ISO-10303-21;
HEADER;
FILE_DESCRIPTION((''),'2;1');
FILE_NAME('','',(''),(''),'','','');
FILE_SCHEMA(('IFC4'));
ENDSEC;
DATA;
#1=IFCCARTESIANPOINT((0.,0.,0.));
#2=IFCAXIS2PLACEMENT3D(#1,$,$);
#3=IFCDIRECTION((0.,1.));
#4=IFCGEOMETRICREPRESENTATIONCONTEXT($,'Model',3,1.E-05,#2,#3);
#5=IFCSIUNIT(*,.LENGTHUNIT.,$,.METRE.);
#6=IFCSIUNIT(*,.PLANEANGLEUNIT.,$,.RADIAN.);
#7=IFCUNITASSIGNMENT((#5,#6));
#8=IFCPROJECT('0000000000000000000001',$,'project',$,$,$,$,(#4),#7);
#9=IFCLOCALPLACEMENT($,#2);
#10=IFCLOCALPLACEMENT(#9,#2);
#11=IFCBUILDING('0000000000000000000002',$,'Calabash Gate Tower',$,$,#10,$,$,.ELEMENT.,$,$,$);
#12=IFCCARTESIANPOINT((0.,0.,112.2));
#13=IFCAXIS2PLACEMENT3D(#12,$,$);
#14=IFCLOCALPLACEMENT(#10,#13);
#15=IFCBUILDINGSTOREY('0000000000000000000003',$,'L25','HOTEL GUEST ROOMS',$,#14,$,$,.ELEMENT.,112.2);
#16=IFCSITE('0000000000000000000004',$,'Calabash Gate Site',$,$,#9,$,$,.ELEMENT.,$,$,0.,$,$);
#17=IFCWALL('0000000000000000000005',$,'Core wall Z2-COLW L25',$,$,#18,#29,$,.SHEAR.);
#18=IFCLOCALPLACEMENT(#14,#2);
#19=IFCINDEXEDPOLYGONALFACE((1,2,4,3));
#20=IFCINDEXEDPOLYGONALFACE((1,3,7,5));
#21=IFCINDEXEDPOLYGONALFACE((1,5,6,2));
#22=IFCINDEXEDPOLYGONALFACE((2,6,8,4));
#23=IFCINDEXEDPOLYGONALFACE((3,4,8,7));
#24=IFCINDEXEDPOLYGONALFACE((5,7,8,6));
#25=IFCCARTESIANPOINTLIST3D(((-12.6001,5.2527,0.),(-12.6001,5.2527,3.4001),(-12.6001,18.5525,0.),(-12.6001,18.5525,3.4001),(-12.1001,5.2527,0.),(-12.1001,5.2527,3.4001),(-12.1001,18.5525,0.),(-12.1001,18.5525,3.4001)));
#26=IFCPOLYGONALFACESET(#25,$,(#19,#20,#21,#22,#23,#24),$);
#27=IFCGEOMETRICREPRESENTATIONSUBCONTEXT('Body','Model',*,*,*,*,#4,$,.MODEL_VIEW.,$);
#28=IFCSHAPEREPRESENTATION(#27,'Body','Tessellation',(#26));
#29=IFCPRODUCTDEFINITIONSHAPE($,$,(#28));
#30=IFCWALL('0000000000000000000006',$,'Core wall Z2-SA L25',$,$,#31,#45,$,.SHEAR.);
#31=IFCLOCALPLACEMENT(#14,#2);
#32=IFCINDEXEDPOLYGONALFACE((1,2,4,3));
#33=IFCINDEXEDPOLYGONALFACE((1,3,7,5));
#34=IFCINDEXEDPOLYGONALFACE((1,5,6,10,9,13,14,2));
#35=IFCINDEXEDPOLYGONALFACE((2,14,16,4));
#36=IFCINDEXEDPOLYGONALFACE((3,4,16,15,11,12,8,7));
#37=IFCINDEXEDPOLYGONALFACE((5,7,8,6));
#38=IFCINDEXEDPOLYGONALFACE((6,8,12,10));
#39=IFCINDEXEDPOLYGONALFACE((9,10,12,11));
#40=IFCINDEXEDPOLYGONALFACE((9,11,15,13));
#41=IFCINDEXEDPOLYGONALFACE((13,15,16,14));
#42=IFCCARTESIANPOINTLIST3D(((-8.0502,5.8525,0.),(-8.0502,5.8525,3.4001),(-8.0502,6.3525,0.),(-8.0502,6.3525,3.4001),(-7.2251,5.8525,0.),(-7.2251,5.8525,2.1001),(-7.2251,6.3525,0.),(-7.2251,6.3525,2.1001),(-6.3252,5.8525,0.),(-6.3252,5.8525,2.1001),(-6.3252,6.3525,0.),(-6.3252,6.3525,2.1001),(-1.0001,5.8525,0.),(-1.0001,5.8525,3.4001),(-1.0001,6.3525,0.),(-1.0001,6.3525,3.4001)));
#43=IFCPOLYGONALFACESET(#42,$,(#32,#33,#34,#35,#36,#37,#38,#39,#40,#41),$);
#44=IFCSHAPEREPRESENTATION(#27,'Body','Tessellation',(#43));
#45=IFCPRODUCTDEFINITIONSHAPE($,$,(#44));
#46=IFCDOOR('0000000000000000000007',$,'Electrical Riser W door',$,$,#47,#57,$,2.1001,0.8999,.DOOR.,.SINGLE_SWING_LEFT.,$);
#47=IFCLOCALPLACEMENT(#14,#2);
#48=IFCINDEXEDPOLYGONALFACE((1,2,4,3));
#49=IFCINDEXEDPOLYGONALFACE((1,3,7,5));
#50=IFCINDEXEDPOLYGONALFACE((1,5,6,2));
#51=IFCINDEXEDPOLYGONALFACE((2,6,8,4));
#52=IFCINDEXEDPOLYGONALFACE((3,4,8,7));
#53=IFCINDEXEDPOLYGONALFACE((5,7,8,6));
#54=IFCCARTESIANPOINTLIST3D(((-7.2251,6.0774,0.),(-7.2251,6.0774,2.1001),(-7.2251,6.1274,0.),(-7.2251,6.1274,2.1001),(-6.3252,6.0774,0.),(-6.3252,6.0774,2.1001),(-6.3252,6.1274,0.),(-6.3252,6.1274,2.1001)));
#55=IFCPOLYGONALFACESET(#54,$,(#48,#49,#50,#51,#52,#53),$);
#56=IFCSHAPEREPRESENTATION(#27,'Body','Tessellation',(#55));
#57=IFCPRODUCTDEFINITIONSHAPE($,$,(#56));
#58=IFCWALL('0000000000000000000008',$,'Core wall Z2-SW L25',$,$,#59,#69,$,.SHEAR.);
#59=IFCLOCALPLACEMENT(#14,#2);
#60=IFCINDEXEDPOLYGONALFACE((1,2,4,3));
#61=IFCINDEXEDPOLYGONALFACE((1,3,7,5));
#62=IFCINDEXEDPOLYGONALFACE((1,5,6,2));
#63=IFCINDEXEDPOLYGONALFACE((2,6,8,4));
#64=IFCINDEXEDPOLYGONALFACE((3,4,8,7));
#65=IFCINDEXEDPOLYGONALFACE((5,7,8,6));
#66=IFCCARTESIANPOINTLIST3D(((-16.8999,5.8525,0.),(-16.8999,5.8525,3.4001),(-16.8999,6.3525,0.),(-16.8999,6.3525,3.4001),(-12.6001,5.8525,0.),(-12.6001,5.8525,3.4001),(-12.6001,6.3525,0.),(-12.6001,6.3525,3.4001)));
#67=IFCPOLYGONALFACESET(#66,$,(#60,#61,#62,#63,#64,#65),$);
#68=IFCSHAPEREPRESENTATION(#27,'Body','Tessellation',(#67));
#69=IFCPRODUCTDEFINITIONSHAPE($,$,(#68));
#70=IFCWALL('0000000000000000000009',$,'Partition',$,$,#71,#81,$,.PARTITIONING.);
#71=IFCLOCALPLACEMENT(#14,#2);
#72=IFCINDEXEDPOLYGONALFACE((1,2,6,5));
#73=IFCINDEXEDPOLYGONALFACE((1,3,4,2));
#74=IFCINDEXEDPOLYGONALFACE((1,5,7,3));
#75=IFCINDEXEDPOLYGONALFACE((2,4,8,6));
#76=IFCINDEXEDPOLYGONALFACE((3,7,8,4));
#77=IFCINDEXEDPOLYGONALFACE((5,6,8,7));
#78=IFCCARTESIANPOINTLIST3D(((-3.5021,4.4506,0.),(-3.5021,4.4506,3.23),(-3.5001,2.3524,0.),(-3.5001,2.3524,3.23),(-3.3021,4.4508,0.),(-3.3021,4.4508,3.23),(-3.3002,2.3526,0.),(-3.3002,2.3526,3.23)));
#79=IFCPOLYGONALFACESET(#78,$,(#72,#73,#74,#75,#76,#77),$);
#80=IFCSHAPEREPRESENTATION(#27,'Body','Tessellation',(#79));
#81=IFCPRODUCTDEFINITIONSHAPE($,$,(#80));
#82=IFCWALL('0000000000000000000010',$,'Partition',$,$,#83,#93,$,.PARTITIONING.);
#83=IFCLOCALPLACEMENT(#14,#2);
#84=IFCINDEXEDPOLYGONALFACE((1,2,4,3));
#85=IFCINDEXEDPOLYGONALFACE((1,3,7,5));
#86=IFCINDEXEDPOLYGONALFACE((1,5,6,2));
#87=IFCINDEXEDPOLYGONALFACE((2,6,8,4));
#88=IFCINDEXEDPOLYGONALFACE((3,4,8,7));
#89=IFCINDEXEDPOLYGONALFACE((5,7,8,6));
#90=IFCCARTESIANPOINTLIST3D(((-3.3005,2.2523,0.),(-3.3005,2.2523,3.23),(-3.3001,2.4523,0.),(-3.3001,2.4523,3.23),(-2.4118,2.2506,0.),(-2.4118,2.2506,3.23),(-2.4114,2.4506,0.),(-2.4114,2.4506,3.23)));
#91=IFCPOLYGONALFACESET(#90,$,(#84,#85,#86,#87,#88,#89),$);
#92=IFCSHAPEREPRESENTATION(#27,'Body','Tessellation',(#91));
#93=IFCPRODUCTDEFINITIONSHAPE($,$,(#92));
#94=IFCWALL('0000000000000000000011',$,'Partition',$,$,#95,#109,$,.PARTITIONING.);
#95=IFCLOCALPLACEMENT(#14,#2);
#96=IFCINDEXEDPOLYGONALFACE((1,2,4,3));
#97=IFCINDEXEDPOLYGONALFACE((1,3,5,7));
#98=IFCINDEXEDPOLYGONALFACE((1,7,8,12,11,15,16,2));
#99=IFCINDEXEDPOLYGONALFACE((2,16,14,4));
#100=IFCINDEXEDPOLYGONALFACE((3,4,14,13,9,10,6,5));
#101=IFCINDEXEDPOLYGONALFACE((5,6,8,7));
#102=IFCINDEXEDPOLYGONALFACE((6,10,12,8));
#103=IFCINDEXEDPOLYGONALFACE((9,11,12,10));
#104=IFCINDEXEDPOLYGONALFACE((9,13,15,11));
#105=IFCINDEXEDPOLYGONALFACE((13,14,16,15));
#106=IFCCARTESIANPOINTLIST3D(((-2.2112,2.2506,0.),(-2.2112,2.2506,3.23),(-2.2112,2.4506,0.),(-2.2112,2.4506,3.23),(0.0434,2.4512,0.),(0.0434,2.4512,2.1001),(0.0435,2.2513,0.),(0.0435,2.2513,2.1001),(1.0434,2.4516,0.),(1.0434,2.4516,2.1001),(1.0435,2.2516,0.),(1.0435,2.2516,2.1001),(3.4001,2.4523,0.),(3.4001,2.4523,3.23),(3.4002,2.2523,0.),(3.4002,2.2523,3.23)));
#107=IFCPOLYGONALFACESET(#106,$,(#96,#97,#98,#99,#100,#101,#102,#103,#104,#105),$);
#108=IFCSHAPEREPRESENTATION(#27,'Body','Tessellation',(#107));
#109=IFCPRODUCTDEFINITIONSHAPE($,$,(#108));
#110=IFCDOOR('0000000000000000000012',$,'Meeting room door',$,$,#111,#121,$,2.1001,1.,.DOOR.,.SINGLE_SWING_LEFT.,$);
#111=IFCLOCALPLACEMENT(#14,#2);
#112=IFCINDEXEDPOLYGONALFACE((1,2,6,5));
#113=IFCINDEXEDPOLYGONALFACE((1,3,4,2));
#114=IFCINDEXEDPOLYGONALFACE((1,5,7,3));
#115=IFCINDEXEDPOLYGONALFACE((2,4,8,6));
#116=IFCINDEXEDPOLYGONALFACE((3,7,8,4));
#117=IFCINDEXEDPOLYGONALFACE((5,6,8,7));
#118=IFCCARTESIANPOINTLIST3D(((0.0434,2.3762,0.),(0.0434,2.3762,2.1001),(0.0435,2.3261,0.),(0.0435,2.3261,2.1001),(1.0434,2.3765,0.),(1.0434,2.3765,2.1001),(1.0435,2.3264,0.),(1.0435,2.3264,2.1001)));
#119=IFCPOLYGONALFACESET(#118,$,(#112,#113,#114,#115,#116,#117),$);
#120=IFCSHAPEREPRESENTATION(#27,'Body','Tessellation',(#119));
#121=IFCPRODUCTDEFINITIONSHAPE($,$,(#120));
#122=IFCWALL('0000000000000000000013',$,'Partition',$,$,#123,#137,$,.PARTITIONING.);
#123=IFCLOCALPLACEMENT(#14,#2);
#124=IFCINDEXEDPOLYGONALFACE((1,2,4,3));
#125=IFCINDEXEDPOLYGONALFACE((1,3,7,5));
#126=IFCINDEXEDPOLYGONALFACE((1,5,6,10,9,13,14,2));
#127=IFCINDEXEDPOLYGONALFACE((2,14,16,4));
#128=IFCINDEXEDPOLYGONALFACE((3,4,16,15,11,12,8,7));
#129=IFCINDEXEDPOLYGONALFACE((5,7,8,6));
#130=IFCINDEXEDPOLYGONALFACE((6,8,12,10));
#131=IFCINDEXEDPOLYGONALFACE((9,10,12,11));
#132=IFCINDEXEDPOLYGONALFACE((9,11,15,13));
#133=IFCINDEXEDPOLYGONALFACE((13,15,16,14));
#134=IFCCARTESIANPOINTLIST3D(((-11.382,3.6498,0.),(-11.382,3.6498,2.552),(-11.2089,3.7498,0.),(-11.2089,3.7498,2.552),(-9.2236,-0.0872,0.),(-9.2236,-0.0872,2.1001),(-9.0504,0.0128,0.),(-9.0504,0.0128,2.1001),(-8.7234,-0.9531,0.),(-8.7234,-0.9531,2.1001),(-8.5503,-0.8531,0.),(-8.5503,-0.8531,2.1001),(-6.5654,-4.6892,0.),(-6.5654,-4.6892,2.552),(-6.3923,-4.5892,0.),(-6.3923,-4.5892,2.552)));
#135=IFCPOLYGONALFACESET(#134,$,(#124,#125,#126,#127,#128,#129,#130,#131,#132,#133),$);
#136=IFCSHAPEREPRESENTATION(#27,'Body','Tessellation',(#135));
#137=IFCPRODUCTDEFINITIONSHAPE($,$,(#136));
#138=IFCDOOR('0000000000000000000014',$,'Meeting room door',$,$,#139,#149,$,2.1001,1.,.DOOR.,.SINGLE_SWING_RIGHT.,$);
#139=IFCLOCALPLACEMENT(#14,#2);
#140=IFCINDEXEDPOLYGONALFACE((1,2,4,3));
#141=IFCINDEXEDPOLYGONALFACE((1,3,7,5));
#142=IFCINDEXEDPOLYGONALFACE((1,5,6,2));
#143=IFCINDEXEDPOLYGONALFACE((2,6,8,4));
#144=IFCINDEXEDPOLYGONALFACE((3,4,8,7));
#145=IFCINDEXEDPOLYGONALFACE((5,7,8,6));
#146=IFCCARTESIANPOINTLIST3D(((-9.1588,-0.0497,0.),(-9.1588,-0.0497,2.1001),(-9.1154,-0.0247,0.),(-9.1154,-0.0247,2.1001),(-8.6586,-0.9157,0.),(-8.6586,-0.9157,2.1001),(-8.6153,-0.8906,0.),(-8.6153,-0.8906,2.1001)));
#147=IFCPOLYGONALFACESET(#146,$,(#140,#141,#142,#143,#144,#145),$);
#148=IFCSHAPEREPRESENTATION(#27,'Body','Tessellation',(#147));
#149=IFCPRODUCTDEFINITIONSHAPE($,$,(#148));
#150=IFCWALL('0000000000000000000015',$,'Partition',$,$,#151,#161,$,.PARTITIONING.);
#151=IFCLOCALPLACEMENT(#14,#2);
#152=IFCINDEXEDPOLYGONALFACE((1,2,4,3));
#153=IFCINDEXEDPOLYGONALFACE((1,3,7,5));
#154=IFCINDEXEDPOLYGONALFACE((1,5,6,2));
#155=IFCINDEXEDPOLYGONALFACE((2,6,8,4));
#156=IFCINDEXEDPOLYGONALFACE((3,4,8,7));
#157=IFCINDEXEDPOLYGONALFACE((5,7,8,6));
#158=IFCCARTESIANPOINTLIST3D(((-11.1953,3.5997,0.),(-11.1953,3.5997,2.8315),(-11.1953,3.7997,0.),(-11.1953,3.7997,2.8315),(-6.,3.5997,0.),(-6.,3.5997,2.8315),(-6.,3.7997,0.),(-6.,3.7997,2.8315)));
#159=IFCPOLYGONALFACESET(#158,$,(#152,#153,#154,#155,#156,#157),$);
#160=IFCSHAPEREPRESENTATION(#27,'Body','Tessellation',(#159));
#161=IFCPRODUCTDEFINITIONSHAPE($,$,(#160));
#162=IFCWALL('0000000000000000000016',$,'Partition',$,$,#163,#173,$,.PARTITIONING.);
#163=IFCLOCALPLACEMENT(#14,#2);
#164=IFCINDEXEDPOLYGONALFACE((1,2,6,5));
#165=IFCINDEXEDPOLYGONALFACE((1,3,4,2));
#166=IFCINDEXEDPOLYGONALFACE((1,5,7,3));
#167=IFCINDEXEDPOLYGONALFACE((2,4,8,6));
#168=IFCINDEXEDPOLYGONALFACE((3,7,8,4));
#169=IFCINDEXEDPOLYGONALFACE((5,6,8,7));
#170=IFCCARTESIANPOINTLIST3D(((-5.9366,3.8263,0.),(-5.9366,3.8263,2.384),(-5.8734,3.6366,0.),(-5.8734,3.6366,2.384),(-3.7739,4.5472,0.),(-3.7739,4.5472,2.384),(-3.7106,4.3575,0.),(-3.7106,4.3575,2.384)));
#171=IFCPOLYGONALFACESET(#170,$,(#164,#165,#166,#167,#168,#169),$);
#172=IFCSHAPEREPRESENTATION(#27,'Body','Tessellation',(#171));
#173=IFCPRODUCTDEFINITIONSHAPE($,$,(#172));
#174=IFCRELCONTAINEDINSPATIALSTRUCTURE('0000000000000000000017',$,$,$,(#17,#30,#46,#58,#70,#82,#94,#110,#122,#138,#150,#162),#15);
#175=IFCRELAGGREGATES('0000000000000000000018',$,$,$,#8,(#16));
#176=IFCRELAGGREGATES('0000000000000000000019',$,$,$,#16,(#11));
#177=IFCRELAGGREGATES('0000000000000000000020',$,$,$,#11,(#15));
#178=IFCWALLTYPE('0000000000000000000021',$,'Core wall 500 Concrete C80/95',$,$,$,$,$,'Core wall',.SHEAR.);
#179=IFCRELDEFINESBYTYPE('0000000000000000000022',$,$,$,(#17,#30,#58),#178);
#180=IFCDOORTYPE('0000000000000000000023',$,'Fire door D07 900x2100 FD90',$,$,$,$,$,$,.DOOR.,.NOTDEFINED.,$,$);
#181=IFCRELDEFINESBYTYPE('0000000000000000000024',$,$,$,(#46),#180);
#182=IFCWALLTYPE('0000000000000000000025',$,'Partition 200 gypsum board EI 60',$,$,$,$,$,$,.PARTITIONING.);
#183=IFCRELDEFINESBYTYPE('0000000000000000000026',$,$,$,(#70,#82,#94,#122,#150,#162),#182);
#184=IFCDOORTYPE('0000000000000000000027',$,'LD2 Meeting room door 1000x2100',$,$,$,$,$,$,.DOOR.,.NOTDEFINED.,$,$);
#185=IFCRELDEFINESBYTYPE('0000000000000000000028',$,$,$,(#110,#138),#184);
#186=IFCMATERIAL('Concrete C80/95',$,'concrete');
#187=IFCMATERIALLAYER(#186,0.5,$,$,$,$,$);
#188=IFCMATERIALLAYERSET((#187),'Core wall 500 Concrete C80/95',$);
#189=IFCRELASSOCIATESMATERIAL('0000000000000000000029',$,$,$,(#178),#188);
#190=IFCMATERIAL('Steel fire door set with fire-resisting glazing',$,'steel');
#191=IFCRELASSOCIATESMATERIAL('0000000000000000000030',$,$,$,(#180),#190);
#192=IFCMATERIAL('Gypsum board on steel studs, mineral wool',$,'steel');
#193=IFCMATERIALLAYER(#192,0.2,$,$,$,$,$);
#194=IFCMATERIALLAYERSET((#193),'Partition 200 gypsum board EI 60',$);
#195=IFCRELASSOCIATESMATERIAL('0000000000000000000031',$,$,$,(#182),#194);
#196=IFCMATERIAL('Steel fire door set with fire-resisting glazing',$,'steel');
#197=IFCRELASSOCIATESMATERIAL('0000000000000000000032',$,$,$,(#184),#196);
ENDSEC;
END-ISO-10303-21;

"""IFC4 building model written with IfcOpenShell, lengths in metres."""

from ifc_helpers import new_model, si_unit, direction, frame, frame_2d, origin, place, context, subcontext, project, spatial, rectangle, extrude, material, layer, layer_set, type_object, element, fill, save


model = new_model("IFC4")

# Units and contexts
model_context = context("Model", 3, precision=1e-05, world=origin(), true_north=direction((0.0, 1.0)))
body_context = subcontext(model_context, "Body", "Model", "MODEL_VIEW")
ifc_project = project(units=[si_unit("LENGTHUNIT", "METRE"), si_unit("PLANEANGLEUNIT", "RADIAN")], contexts=[model_context])

# Site, building, storey
site_placement = place(None, origin())
site = spatial("IfcSite", under=ifc_project, at=site_placement, Name="Calabash Gate Site", CompositionType="ELEMENT", RefElevation=0.0)
building_placement = place(site_placement, origin())
building = spatial("IfcBuilding", under=site, at=building_placement, Name="Calabash Gate Tower", CompositionType="ELEMENT")
storey_placement = place(building_placement, frame((0.0, 0.0, 112.2)))
storey = spatial("IfcBuildingStorey", under=building, at=storey_placement, Name="L25", Description="HOTEL GUEST ROOMS", CompositionType="ELEMENT", Elevation=112.2)

# Wall
ifc_material_1 = material(Name="Concrete C80/95", Category="concrete")
ifc_layer_1 = layer(ifc_material_1, 0.5)
ifc_layer_set_1 = layer_set([ifc_layer_1], Name="Core wall 500 Concrete C80/95")
wall_type_1 = type_object("IfcWallType", Name="Core wall 500 Concrete C80/95", ElementType="Core wall", PredefinedType="SHEAR", material=ifc_layer_set_1)
wall_1_placement = place(storey_placement, frame((-12.3501, 5.2527, 0.0), z_axis=(0.0, 0.0, 1.0), x_axis=(0.0, 1.0, 0.0)))
element("IfcWall", 1, at=wall_1_placement, inside=storey, type_object=wall_type_1, Name="Core wall Z2-COLW L25", PredefinedType="SHEAR", context=body_context, shape_type="SweptSolid", body=[
    extrude(rectangle(XDim=13.2998, YDim=0.5, at=frame_2d((6.6499, 0.0))), origin(), (0.0, 0.0, 1.0), 3.4001),
])

# Wall, opening, door
wall_2_placement = place(storey_placement, frame((-8.05, 6.1025, 0.0), z_axis=(0.0, 0.0, 1.0), x_axis=(1.0, 0.0, 0.0)))
wall_2 = element("IfcWall", 2, at=wall_2_placement, inside=storey, type_object=wall_type_1, Name="Core wall Z2-SA L25", PredefinedType="SHEAR", context=body_context, shape_type="SweptSolid", body=[
    extrude(rectangle(XDim=7.05, YDim=0.5, at=frame_2d((3.5249, 0.0))), origin(), (0.0, 0.0, 1.0), 3.4001),
])
opening_1_placement = place(wall_2_placement, frame((0.825, 0.0, 0.0)))
opening_1 = element("IfcOpeningElement", 3, at=opening_1_placement, cuts=wall_2, PredefinedType="OPENING", context=body_context, shape_type="SweptSolid", body=[
    extrude(rectangle(XDim=0.8999, YDim=2.1001, at=frame_2d((0.45, 1.05))), frame((0.0, 0.26, 0.0), z_axis=(0.0, -1.0, 0.0), x_axis=(1.0, 0.0, 0.0)), (0.0, 0.0, 1.0), 0.52),
])
ifc_material_2 = material(Name="Steel fire door set with fire-resisting glazing", Category="steel")
door_type_1 = type_object("IfcDoorType", Name="Fire door D07 900x2100 FD90", OperationType="NOTDEFINED", PredefinedType="DOOR", material=ifc_material_2)
door_1_placement = place(opening_1_placement, origin())
door_1 = element("IfcDoor", 4, at=door_1_placement, inside=storey, type_object=door_type_1, Name="Electrical Riser W door", OperationType="SINGLE_SWING_LEFT", OverallHeight=2.1001, OverallWidth=0.8999, PredefinedType="DOOR", context=body_context, shape_type="SweptSolid", body=[
    extrude(rectangle(XDim=0.8999, YDim=2.1001, at=frame_2d((0.45, 1.05))), frame((0.0, 0.0249, 0.0), z_axis=(0.0, -1.0, 0.0), x_axis=(1.0, 0.0, 0.0)), (0.0, 0.0, 1.0), 0.05),
])
fill(opening_1, door_1)

# Walls
wall_3_placement = place(storey_placement, frame((-12.6001, 6.1025, 0.0), z_axis=(0.0, 0.0, 1.0), x_axis=(-1.0, 0.0, 0.0)))
element("IfcWall", 5, at=wall_3_placement, inside=storey, type_object=wall_type_1, Name="Core wall Z2-SW L25", PredefinedType="SHEAR", context=body_context, shape_type="SweptSolid", body=[
    extrude(rectangle(XDim=4.2998, YDim=0.5, at=frame_2d((2.1499, 0.0))), origin(), (0.0, 0.0, 1.0), 3.4001),
])
ifc_material_3 = material(Name="Gypsum board on steel studs, mineral wool", Category="steel")
ifc_layer_2 = layer(ifc_material_3, 0.2)
ifc_layer_set_2 = layer_set([ifc_layer_2], Name="Partition 200 gypsum board EI 60")
wall_type_2 = type_object("IfcWallType", Name="Partition 200 gypsum board EI 60", PredefinedType="PARTITIONING", material=ifc_layer_set_2)
wall_4_placement = place(storey_placement, frame((-3.4021, 4.4507, 0.0), z_axis=(0.0, 0.0, 1.0), x_axis=(0.000931, -1.0, 0.0)))
element("IfcWall", 6, at=wall_4_placement, inside=storey, type_object=wall_type_2, Name="Partition", PredefinedType="PARTITIONING", context=body_context, shape_type="SweptSolid", body=[
    extrude(rectangle(XDim=2.0981, YDim=0.2, at=frame_2d((1.0491, 0.0))), origin(), (0.0, 0.0, 1.0), 3.23),
])
wall_5_placement = place(storey_placement, frame((-3.3003, 2.3523, 0.0), z_axis=(0.0, 0.0, 1.0), x_axis=(0.999998, -0.001923, 0.0)))
element("IfcWall", 7, at=wall_5_placement, inside=storey, type_object=wall_type_2, Name="Partition", PredefinedType="PARTITIONING", context=body_context, shape_type="SweptSolid", body=[
    extrude(rectangle(XDim=0.8887, YDim=0.2, at=frame_2d((0.4443, 0.0))), origin(), (0.0, 0.0, 1.0), 3.23),
])

# Walls, openings, doors
wall_6_placement = place(storey_placement, frame((-2.2112, 2.3506, 0.0), z_axis=(0.0, 0.0, 1.0), x_axis=(1.0, 0.000305, 0.0)))
wall_6 = element("IfcWall", 8, at=wall_6_placement, inside=storey, type_object=wall_type_2, Name="Partition", PredefinedType="PARTITIONING", context=body_context, shape_type="SweptSolid", body=[
    extrude(rectangle(XDim=5.6113, YDim=0.2, at=frame_2d((2.8057, 0.0))), origin(), (0.0, 0.0, 1.0), 3.23),
])
opening_2_placement = place(wall_6_placement, frame((2.2546, 0.0, 0.0)))
opening_2 = element("IfcOpeningElement", 9, at=opening_2_placement, cuts=wall_6, PredefinedType="OPENING", context=body_context, shape_type="SweptSolid", body=[
    extrude(rectangle(XDim=1.0, YDim=2.1001, at=frame_2d((0.5, 1.05))), frame((0.0, 0.1099, 0.0), z_axis=(0.0, -1.0, 0.0), x_axis=(1.0, 0.0, 0.0)), (0.0, 0.0, 1.0), 0.22),
])
ifc_material_4 = material(Name="Steel fire door set with fire-resisting glazing", Category="steel")
door_type_2 = type_object("IfcDoorType", Name="LD2 Meeting room door 1000x2100", OperationType="NOTDEFINED", PredefinedType="DOOR", material=ifc_material_4)
door_2_placement = place(opening_2_placement, origin())
door_2 = element("IfcDoor", 10, at=door_2_placement, inside=storey, type_object=door_type_2, Name="Meeting room door", OperationType="SINGLE_SWING_LEFT", OverallHeight=2.1001, OverallWidth=1.0, PredefinedType="DOOR", context=body_context, shape_type="SweptSolid", body=[
    extrude(rectangle(XDim=1.0, YDim=2.1001, at=frame_2d((0.5, 1.05))), frame((0.0, 0.0249, 0.0), z_axis=(0.0, -1.0, 0.0), x_axis=(1.0, 0.0, 0.0)), (0.0, 0.0, 1.0), 0.05),
])
fill(opening_2, door_2)
wall_7_placement = place(storey_placement, frame((-11.2954, 3.6997, 0.0), z_axis=(0.0, 0.0, 1.0), x_axis=(0.500161, -0.865933, 0.0)))
wall_7 = element("IfcWall", 11, at=wall_7_placement, inside=storey, type_object=wall_type_2, Name="Partition", PredefinedType="PARTITIONING", context=body_context, shape_type="SweptSolid", body=[
    extrude(rectangle(XDim=9.6301, YDim=0.2, at=frame_2d((4.8149, 0.0))), origin(), (0.0, 0.0, 1.0), 2.552),
])
opening_3_placement = place(wall_7_placement, frame((4.3154, 0.0, 0.0)))
opening_3 = element("IfcOpeningElement", 12, at=opening_3_placement, cuts=wall_7, PredefinedType="OPENING", context=body_context, shape_type="SweptSolid", body=[
    extrude(rectangle(XDim=1.0, YDim=2.1001, at=frame_2d((0.5, 1.05))), frame((0.0, 0.1099, 0.0), z_axis=(0.0, -1.0, 0.0), x_axis=(1.0, 0.0, 0.0)), (0.0, 0.0, 1.0), 0.22),
])
door_3_placement = place(opening_3_placement, origin())
door_3 = element("IfcDoor", 13, at=door_3_placement, inside=storey, type_object=door_type_2, Name="Meeting room door", OperationType="SINGLE_SWING_RIGHT", OverallHeight=2.1001, OverallWidth=1.0, PredefinedType="DOOR", context=body_context, shape_type="SweptSolid", body=[
    extrude(rectangle(XDim=1.0, YDim=2.1001, at=frame_2d((0.5, 1.05))), frame((0.0, 0.0249, 0.0), z_axis=(0.0, -1.0, 0.0), x_axis=(1.0, 0.0, 0.0)), (0.0, 0.0, 1.0), 0.05),
])
fill(opening_3, door_3)

# Walls
wall_8_placement = place(storey_placement, frame((-11.1953, 3.6997, 0.0), z_axis=(0.0, 0.0, 1.0), x_axis=(1.0, 0.0, 0.0)))
element("IfcWall", 14, at=wall_8_placement, inside=storey, type_object=wall_type_2, Name="Partition", PredefinedType="PARTITIONING", context=body_context, shape_type="SweptSolid", body=[
    extrude(rectangle(XDim=5.1953, YDim=0.2, at=frame_2d((2.5977, 0.0))), origin(), (0.0, 0.0, 1.0), 2.8315),
])
wall_9_placement = place(storey_placement, frame((-5.905, 3.7314, 0.0), z_axis=(0.0, 0.0, 1.0), x_axis=(0.948683, 0.316228, 0.0)))
element("IfcWall", 15, at=wall_9_placement, inside=storey, type_object=wall_type_2, Name="Partition", PredefinedType="PARTITIONING", context=body_context, shape_type="SweptSolid", body=[
    extrude(rectangle(XDim=2.2798, YDim=0.2, at=frame_2d((1.1399, 0.0))), origin(), (0.0, 0.0, 1.0), 2.384),
])

save(model, "model.ifc")
